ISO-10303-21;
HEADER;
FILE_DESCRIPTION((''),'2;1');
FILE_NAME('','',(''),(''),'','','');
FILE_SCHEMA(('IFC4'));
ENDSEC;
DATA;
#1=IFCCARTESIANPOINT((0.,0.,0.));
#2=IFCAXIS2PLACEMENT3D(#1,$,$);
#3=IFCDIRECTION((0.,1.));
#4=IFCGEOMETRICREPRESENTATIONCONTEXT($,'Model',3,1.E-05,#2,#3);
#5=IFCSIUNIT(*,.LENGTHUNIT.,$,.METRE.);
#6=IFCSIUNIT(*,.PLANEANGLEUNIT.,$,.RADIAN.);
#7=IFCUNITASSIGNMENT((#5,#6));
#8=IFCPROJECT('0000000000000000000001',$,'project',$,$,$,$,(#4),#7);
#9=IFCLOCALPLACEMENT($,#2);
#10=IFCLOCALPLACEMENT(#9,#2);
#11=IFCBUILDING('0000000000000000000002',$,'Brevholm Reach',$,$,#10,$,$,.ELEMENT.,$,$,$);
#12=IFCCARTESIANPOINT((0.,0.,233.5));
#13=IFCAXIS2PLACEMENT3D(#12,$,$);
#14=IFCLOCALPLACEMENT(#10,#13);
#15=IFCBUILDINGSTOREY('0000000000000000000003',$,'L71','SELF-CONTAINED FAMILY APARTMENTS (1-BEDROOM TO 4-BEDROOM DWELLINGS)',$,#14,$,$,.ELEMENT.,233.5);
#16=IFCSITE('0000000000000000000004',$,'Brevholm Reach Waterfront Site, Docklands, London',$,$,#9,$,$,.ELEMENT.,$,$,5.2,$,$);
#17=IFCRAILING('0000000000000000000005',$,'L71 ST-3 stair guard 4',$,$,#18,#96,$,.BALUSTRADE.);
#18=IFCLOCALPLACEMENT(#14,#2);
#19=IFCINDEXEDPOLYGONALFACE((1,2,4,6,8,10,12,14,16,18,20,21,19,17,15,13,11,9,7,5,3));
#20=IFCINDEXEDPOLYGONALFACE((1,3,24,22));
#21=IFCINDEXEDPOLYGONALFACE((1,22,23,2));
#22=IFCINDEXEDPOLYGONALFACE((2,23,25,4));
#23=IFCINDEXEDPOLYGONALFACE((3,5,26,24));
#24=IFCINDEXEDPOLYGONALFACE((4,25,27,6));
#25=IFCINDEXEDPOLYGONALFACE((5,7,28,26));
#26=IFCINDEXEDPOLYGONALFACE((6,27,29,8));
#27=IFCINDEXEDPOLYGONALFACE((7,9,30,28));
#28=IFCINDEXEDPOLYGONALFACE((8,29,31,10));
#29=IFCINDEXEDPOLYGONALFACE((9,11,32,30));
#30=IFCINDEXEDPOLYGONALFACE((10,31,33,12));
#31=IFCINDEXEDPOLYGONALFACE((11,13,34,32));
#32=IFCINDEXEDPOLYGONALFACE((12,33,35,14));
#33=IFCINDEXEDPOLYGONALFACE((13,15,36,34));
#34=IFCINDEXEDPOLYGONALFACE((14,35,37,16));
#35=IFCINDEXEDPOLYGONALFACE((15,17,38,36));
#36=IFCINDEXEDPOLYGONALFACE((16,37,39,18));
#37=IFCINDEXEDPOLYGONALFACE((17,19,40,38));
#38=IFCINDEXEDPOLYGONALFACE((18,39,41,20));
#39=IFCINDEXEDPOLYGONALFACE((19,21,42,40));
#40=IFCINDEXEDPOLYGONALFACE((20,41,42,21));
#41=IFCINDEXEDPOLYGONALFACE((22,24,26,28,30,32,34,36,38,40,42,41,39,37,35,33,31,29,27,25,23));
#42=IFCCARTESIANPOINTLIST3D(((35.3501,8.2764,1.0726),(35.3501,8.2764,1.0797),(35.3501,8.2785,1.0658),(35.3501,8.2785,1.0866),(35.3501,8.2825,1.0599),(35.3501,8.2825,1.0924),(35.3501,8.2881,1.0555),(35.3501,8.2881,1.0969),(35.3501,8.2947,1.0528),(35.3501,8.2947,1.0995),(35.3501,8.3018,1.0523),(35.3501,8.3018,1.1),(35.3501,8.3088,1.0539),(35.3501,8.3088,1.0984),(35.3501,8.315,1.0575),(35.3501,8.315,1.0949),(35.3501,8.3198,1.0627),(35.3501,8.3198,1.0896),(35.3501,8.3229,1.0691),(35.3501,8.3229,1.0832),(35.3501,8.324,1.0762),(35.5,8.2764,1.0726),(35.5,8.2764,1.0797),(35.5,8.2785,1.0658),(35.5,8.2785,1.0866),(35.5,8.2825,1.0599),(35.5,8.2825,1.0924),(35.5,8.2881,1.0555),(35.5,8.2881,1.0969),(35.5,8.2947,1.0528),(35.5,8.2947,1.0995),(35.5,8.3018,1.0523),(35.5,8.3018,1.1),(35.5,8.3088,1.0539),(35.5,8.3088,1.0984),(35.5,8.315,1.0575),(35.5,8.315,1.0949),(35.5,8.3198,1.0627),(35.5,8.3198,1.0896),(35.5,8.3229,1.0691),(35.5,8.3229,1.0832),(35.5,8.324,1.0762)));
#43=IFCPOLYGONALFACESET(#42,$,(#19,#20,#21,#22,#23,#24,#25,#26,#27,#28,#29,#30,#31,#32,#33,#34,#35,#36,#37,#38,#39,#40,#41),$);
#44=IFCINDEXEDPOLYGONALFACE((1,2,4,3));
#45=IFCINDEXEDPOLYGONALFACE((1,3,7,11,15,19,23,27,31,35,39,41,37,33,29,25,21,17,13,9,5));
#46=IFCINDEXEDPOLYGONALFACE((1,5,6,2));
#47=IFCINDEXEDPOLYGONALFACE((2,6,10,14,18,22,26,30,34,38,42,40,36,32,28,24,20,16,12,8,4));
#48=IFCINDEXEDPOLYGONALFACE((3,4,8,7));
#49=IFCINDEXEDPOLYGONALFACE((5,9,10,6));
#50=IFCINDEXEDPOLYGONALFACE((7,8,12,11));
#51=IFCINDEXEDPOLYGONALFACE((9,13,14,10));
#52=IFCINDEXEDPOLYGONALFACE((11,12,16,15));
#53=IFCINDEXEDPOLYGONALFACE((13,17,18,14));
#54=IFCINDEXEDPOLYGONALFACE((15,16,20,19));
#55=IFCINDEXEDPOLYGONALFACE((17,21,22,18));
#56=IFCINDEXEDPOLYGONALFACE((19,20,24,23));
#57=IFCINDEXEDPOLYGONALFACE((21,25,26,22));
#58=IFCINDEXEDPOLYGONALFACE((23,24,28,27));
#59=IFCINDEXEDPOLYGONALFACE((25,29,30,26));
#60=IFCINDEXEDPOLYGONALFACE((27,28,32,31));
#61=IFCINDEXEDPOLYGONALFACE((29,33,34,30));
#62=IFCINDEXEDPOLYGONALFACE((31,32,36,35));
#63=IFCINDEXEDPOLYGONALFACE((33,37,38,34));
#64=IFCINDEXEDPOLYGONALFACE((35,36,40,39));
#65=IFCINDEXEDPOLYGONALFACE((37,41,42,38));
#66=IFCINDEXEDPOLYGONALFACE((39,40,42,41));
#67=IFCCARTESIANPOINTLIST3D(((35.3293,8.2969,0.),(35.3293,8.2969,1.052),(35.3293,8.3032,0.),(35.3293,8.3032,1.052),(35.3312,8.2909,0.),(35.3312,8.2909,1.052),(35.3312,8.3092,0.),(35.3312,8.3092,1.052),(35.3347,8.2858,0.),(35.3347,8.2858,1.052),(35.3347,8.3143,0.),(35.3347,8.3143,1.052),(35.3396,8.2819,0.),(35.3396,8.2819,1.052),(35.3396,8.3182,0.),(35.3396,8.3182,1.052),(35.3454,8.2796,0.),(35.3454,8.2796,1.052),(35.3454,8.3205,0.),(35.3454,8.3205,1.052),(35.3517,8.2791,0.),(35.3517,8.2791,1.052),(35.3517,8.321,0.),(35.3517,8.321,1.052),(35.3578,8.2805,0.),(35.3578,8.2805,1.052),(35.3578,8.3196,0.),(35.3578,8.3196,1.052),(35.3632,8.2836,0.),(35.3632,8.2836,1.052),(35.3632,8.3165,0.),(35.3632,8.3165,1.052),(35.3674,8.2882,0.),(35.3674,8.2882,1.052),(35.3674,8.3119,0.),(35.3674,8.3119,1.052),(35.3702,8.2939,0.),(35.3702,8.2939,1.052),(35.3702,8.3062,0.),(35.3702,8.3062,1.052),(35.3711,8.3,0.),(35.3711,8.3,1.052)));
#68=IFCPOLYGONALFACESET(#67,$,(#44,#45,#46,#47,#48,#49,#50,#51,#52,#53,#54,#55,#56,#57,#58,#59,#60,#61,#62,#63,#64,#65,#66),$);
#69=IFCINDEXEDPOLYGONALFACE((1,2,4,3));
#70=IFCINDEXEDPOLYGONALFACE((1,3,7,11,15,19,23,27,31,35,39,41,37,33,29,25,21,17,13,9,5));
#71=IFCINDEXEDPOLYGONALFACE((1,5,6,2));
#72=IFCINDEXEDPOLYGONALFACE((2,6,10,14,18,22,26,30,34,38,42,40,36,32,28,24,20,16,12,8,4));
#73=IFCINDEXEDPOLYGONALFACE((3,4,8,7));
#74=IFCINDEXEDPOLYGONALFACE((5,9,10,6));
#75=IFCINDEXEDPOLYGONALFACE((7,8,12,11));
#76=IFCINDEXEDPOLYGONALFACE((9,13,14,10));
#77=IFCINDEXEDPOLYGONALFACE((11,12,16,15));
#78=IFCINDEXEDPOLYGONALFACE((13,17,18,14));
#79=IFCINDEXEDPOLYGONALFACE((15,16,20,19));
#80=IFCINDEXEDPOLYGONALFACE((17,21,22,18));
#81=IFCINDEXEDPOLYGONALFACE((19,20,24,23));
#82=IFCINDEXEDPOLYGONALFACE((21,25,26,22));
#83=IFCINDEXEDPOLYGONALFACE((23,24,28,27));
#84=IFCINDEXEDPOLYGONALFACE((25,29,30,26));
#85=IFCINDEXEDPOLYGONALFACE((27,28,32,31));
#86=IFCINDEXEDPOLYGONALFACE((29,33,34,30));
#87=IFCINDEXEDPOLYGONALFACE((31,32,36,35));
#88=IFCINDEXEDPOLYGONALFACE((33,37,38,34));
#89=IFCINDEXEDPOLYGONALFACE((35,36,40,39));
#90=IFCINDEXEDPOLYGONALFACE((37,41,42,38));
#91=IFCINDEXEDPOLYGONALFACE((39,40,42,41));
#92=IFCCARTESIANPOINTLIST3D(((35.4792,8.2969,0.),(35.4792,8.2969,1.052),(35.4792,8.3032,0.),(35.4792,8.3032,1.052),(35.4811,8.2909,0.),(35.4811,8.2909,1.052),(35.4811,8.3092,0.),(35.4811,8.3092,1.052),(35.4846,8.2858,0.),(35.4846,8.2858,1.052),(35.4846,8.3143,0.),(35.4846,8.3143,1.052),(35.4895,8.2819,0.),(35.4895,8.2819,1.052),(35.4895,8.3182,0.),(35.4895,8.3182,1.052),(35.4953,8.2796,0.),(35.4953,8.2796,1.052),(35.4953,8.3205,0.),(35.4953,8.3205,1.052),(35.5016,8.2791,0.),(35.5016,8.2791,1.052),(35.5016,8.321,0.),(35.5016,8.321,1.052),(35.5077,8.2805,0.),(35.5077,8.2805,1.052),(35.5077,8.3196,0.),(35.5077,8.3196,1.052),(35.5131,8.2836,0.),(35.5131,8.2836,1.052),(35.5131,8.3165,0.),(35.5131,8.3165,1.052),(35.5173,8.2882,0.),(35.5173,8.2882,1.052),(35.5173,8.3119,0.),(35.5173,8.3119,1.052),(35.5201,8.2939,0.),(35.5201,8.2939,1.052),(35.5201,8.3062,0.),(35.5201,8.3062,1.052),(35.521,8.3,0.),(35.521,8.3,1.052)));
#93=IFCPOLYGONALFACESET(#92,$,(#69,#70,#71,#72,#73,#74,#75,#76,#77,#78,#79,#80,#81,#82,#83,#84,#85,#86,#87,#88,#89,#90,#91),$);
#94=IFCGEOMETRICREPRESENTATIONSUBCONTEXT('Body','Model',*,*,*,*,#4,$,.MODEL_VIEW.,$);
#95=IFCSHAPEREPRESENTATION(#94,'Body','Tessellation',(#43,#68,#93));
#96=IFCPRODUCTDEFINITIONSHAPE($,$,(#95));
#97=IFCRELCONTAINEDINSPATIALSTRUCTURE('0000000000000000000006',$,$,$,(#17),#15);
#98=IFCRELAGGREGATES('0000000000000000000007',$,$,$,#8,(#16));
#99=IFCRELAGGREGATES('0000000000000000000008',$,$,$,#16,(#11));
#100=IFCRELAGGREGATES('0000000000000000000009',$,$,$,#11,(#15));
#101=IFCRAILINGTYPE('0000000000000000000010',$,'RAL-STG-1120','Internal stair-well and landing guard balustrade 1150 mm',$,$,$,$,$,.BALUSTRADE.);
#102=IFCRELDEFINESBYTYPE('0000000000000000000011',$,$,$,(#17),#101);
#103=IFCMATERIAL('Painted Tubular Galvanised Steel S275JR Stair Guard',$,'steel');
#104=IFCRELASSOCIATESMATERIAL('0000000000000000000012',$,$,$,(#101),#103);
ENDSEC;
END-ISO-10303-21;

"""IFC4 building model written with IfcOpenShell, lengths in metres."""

from ifc_helpers import new_model, si_unit, direction, frame, origin, origin_2d, place, context, subcontext, project, spatial, circle, extrude, material, type_object, element, save


model = new_model("IFC4")

# Units and contexts
model_context = context("Model", 3, precision=1e-05, world=origin(), true_north=direction((0.0, 1.0)))
body_context = subcontext(model_context, "Body", "Model", "MODEL_VIEW")
ifc_project = project(units=[si_unit("LENGTHUNIT", "METRE"), si_unit("PLANEANGLEUNIT", "RADIAN")], contexts=[model_context])

# Site, building, storey
site_placement = place(None, origin())
site = spatial("IfcSite", under=ifc_project, at=site_placement, Name="Brevholm Reach Waterfront Site, Docklands, London", CompositionType="ELEMENT", RefElevation=5.2)
building_placement = place(site_placement, origin())
building = spatial("IfcBuilding", under=site, at=building_placement, Name="Brevholm Reach", CompositionType="ELEMENT")
storey_placement = place(building_placement, frame((0.0, 0.0, 233.5)))
storey = spatial("IfcBuildingStorey", under=building, at=storey_placement, Name="L71", Description="SELF-CONTAINED FAMILY APARTMENTS (1-BEDROOM TO 4-BEDROOM DWELLINGS)", CompositionType="ELEMENT", Elevation=233.5)

# Railing
ifc_material_1 = material(Name="Painted Tubular Galvanised Steel S275JR Stair Guard", Category="steel")
railing_type_1 = type_object("IfcRailingType", Name="RAL-STG-1120", Description="Internal stair-well and landing guard balustrade 1150 mm", PredefinedType="BALUSTRADE", material=ifc_material_1)
railing_1_placement = place(storey_placement, frame((35.3501, 8.3, 0.0)))
element("IfcRailing", 1, at=railing_1_placement, inside=storey, type_object=railing_type_1, Name="L71 ST-3 stair guard 4", PredefinedType="BALUSTRADE", context=body_context, shape_type="SweptSolid", body=[
    extrude(circle(Radius=0.0239, at=origin_2d()), frame((0.0, 0.0, 1.0762), z_axis=(1.0, 0.0, 0.0), x_axis=(0.0, 1.0, 0.0)), (0.0, 0.0, 1.0), 0.1499),
    extrude(circle(Radius=0.021, at=origin_2d()), origin(), (0.0, 0.0, 1.0), 1.052),
    extrude(circle(Radius=0.021, at=origin_2d()), frame((0.1499, 0.0, 0.0)), (0.0, 0.0, 1.0), 1.052),
])

save(model, "model.ifc")
